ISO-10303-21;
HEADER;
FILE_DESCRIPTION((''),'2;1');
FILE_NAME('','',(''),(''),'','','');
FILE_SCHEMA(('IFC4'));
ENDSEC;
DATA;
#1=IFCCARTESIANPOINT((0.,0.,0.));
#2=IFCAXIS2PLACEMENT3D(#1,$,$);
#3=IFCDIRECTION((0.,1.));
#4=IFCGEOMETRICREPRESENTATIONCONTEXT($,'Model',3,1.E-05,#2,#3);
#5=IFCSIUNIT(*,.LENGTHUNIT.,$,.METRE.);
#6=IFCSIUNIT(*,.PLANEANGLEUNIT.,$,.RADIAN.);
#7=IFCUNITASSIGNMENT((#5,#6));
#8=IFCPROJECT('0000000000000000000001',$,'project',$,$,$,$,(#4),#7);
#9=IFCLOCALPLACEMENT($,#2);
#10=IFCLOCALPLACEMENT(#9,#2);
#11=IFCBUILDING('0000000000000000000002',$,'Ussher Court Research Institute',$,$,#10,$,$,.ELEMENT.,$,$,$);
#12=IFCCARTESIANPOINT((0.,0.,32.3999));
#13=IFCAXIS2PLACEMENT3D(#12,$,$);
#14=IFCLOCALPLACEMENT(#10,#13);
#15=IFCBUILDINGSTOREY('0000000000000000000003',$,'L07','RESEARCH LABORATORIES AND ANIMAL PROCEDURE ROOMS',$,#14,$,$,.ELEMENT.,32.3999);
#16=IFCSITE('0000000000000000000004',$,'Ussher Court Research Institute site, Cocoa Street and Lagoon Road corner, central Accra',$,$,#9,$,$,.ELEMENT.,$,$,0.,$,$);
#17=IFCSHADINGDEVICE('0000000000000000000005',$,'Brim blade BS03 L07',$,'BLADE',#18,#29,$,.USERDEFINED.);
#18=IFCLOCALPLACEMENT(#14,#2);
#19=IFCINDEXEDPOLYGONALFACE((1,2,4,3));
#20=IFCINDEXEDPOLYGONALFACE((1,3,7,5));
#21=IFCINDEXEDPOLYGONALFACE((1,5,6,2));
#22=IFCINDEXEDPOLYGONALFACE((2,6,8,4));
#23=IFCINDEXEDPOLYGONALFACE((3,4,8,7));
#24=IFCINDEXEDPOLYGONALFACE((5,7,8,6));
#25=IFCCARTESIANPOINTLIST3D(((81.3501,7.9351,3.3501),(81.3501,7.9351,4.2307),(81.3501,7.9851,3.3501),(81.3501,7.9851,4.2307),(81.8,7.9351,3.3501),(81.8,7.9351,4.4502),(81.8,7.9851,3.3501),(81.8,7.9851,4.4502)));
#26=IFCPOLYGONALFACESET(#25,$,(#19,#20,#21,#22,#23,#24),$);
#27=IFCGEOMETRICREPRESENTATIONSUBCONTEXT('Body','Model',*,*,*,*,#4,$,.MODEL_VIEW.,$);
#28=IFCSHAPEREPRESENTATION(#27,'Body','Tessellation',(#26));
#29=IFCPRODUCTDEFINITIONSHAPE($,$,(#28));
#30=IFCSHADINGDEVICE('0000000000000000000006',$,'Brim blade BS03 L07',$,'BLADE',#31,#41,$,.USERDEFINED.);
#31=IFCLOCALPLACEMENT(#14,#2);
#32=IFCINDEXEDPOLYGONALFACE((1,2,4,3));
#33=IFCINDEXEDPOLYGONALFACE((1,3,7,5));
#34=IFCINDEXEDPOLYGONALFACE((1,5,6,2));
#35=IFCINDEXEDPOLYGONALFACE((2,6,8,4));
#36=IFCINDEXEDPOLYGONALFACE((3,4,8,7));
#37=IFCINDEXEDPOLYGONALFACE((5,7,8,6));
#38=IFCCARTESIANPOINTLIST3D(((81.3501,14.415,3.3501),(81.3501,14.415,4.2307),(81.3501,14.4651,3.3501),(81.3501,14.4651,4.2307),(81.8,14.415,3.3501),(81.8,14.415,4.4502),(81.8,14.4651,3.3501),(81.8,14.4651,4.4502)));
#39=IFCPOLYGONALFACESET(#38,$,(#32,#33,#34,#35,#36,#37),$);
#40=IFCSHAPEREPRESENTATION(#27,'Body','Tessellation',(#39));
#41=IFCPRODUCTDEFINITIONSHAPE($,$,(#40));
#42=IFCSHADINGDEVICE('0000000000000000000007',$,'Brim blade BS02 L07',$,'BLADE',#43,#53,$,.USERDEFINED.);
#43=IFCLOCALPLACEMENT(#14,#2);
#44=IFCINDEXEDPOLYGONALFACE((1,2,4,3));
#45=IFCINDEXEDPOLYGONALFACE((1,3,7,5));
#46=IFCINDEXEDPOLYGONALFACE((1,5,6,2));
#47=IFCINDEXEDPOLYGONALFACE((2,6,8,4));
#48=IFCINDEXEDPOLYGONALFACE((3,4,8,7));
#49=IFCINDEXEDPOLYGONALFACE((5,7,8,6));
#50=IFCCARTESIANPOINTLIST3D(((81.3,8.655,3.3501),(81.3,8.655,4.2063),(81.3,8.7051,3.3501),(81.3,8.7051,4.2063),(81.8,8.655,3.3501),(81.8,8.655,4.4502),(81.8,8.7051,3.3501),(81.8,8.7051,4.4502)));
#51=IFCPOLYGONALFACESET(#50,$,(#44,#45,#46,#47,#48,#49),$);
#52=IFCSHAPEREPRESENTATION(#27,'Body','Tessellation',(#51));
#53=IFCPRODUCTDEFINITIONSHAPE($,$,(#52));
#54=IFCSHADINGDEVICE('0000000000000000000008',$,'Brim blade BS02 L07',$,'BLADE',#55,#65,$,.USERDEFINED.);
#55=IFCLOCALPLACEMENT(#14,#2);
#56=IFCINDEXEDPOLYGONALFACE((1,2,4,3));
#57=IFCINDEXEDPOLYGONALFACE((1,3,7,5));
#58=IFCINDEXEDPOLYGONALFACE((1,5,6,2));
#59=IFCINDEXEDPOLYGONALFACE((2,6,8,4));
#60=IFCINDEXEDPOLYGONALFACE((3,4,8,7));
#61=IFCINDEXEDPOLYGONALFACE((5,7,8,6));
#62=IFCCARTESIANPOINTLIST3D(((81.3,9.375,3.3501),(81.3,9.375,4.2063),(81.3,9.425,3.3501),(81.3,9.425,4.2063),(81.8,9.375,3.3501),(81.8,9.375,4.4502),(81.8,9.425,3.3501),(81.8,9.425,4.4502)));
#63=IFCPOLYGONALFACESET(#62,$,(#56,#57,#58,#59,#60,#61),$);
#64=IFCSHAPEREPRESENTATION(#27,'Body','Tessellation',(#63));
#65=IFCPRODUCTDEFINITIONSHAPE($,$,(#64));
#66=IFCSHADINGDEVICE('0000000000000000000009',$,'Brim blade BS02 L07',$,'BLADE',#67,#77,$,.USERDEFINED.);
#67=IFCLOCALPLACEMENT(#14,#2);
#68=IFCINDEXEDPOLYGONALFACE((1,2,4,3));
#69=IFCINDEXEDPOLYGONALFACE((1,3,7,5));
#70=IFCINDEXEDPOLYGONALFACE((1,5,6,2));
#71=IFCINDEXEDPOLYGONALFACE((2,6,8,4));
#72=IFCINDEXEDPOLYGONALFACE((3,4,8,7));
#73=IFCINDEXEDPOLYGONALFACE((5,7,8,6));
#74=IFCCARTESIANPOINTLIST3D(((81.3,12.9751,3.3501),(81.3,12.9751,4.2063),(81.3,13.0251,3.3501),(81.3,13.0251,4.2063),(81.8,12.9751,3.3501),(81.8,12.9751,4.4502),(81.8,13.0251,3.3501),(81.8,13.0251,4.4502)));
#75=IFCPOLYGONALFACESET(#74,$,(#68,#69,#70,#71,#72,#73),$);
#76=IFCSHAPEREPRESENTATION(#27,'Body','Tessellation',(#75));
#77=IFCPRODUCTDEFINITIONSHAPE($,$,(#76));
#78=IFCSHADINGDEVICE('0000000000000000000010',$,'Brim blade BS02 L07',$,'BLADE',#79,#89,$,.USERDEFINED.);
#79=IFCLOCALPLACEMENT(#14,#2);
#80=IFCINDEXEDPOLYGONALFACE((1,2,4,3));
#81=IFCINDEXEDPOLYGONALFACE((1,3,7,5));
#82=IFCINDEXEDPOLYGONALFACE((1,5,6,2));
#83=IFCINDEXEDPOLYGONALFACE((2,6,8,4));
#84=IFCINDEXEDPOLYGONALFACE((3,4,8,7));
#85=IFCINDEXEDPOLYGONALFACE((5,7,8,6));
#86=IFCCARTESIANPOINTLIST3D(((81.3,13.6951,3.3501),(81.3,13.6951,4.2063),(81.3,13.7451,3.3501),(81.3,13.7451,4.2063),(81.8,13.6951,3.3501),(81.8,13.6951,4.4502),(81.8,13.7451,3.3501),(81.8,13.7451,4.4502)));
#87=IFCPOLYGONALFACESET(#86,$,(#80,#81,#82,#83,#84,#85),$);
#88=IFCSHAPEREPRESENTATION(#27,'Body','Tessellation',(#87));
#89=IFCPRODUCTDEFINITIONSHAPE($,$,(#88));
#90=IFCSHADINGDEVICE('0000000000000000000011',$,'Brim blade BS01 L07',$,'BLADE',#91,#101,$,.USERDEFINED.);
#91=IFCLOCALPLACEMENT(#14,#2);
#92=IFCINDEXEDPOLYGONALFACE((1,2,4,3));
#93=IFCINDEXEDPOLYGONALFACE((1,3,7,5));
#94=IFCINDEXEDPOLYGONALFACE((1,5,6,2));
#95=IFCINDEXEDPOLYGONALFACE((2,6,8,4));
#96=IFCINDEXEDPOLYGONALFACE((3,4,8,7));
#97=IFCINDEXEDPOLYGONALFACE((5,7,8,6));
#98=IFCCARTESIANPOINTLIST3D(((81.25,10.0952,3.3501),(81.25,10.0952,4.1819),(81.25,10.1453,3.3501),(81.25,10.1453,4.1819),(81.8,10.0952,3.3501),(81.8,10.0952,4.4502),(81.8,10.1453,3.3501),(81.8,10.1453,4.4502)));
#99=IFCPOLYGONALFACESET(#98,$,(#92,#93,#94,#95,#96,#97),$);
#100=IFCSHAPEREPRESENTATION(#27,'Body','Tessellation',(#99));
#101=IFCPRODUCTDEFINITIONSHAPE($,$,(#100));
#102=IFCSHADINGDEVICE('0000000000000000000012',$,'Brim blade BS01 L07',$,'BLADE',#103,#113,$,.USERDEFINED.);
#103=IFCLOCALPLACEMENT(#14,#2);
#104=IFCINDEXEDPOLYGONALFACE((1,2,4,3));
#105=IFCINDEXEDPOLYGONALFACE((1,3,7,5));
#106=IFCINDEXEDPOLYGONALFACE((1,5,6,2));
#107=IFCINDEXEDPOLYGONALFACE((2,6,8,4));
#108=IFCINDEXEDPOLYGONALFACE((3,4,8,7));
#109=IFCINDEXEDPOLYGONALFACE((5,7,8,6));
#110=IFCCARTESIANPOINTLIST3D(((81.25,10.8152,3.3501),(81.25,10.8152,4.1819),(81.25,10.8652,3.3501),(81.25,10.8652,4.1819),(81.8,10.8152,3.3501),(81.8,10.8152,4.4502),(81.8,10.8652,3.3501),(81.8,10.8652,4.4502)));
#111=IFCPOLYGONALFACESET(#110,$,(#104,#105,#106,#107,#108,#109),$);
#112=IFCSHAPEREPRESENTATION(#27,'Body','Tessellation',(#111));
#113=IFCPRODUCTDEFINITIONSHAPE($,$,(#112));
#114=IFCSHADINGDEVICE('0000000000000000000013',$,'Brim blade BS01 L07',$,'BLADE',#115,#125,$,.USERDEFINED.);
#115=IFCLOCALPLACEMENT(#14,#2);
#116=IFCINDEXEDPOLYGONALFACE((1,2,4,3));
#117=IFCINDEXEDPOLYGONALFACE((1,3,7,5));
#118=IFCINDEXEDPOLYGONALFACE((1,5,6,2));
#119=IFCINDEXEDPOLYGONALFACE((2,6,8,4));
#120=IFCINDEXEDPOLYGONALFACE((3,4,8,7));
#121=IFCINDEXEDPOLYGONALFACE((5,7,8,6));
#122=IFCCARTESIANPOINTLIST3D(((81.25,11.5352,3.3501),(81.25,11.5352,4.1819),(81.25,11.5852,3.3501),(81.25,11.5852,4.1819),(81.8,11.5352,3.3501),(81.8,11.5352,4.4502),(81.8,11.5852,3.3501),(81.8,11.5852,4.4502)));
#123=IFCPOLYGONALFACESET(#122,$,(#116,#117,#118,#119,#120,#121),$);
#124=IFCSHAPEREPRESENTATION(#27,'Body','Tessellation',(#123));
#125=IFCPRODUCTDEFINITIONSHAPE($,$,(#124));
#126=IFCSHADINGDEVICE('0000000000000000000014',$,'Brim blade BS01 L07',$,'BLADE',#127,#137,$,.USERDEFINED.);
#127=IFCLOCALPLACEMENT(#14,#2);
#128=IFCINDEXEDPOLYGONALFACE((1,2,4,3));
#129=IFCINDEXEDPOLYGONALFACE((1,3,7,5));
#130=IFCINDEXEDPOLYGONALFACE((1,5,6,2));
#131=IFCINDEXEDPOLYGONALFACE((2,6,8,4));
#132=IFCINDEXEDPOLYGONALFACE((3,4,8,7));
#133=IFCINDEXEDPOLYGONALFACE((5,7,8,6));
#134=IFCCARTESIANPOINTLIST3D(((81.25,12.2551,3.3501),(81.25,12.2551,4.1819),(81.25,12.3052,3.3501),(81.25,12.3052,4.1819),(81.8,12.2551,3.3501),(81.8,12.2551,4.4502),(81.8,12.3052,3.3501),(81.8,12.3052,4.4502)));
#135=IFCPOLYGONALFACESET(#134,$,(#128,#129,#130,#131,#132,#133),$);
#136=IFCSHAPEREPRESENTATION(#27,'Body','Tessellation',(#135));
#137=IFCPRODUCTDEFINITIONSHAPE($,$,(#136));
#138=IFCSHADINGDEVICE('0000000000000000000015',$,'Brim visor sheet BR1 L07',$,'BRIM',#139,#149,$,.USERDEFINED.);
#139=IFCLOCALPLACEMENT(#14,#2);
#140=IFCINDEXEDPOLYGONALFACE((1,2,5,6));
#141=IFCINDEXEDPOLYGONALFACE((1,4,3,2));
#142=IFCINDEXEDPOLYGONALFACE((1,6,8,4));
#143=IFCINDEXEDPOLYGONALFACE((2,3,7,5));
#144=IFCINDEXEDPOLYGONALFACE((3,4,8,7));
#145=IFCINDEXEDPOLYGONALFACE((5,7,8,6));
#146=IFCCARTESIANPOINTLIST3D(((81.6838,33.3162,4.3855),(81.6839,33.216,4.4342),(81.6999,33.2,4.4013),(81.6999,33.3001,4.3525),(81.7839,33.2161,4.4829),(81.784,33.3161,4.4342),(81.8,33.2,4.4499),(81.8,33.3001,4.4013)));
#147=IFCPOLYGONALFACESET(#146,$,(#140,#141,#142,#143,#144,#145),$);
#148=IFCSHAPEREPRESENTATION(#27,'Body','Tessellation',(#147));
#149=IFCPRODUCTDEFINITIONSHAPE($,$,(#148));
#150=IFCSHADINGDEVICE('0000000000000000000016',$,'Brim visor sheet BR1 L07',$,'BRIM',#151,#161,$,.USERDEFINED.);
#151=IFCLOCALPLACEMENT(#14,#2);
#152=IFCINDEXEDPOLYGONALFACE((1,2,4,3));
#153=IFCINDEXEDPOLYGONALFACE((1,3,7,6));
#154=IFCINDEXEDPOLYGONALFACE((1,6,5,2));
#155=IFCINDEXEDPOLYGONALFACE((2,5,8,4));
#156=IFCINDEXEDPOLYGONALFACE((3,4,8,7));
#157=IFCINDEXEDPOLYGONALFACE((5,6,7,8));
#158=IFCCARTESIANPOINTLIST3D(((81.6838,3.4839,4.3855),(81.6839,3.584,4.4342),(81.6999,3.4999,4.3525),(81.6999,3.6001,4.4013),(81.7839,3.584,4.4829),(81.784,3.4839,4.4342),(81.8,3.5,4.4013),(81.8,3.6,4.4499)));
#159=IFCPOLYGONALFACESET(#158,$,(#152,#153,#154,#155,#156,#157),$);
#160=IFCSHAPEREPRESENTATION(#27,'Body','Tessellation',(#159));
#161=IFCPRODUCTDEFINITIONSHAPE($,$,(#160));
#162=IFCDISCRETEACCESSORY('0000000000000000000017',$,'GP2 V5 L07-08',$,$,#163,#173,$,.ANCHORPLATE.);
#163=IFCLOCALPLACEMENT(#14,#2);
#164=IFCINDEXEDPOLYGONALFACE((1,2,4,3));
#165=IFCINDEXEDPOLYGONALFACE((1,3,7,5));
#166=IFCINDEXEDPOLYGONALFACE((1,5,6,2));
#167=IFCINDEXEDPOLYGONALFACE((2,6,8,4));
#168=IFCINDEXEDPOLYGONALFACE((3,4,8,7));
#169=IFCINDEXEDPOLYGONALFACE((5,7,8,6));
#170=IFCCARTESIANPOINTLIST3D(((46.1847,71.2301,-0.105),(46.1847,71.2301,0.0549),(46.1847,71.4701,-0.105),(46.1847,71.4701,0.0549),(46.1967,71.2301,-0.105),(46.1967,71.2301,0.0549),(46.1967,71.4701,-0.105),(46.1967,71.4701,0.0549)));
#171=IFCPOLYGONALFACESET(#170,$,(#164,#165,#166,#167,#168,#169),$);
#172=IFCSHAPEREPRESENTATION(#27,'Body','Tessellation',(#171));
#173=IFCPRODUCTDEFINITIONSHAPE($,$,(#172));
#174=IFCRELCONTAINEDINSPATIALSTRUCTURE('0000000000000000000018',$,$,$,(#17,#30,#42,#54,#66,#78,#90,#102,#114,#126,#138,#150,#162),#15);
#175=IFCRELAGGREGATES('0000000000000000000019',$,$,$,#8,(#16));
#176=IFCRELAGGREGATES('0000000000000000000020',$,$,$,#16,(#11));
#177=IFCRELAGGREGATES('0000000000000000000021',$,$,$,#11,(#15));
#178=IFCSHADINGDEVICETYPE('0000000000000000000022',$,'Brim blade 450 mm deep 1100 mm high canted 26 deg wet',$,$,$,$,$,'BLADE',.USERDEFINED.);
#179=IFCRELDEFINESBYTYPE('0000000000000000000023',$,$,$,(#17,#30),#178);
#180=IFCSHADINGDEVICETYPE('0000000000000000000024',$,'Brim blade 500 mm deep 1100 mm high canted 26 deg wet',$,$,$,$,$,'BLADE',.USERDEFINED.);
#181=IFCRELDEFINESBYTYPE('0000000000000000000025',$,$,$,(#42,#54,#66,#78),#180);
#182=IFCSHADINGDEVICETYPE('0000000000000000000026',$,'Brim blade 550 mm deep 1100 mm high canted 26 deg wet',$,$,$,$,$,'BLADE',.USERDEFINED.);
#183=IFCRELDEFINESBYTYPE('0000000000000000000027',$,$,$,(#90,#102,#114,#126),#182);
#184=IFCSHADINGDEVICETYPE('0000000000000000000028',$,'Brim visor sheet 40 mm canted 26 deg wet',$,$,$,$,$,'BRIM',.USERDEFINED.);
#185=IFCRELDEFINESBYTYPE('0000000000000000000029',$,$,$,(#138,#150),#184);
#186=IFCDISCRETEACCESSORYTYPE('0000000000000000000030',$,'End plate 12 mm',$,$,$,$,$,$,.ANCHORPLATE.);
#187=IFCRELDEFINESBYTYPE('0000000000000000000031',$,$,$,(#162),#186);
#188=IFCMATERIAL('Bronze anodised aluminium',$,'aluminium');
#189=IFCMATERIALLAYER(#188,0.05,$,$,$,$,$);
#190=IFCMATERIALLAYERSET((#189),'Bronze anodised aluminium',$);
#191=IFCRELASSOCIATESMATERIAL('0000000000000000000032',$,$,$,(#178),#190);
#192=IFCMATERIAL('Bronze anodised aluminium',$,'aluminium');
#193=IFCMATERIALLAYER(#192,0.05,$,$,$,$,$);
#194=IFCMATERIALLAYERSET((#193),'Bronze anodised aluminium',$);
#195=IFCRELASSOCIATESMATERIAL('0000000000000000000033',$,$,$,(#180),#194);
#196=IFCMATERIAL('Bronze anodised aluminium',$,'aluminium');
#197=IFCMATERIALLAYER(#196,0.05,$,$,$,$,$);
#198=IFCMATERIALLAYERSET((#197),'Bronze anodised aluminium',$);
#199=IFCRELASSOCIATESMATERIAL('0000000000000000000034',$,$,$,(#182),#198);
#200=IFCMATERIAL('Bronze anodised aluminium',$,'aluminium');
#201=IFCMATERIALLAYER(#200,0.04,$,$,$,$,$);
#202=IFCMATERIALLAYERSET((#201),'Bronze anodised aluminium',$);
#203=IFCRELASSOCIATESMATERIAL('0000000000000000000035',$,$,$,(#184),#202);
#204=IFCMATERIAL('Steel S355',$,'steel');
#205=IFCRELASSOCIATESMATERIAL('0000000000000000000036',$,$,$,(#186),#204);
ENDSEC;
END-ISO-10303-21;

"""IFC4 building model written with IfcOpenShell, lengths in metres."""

from ifc_helpers import new_model, si_unit, direction, frame, origin, origin_2d, place, context, subcontext, project, spatial, polyline, rectangle, outline, extrude, material, layer, layer_set, material_profile, profile_set, type_object, element, save


model = new_model("IFC4")

# Units and contexts
model_context = context("Model", 3, precision=1e-05, world=origin(), true_north=direction((0.0, 1.0)))
body_context = subcontext(model_context, "Body", "Model", "MODEL_VIEW")
ifc_project = project(units=[si_unit("LENGTHUNIT", "METRE"), si_unit("PLANEANGLEUNIT", "RADIAN")], contexts=[model_context])

# Site, building, storey
site_placement = place(None, origin())
site = spatial("IfcSite", under=ifc_project, at=site_placement, Name="Ussher Court Research Institute site, Cocoa Street and Lagoon Road corner, central Accra", CompositionType="ELEMENT", RefElevation=0.0)
building_placement = place(site_placement, origin())
building = spatial("IfcBuilding", under=site, at=building_placement, Name="Ussher Court Research Institute", CompositionType="ELEMENT")
storey_placement = place(building_placement, frame((0.0, 0.0, 32.3999)))
storey = spatial("IfcBuildingStorey", under=building, at=storey_placement, Name="L07", Description="RESEARCH LABORATORIES AND ANIMAL PROCEDURE ROOMS", CompositionType="ELEMENT", Elevation=32.3999)

# Shading devices
ifc_material_1 = material(Name="Bronze anodised aluminium", Category="aluminium")
ifc_layer_1 = layer(ifc_material_1, 0.05)
ifc_layer_set_1 = layer_set([ifc_layer_1], Name="Bronze anodised aluminium")
shading_device_type_1 = type_object("IfcShadingDeviceType", Name="Brim blade 450 mm deep 1100 mm high canted 26 deg wet", ElementType="BLADE", PredefinedType="USERDEFINED", material=ifc_layer_set_1)
for number, where, z_axis, x_axis, name in (
    (1, (81.8, 7.96, 3.3501), (0.0, 0.0, 1.0), (-1.0, 0.0, 0.0), "Brim blade BS03 L07"),
    (2, (81.8, 14.4399, 3.3501), (0.0, 0.0, 1.0), (-1.0, 0.0, 0.0), "Brim blade BS03 L07"),
):
    element("IfcShadingDevice", number, at=place(storey_placement, frame(where, z_axis=z_axis, x_axis=x_axis)), inside=storey, type_object=shading_device_type_1, Name=name, ObjectType="BLADE", PredefinedType="USERDEFINED", context=body_context, shape_type="SweptSolid", body=[
        extrude(outline(polyline([(0.0, 0.0), (0.45, 0.0), (0.45, 0.8806), (0.0, 1.1001), (0.0, 0.0)])), frame((0.0, 0.0249, 0.0), z_axis=(0.0, -1.0, 0.0), x_axis=(1.0, 0.0, 0.0)), (0.0, 0.0, 1.0), 0.05),
    ])
ifc_material_2 = material(Name="Bronze anodised aluminium", Category="aluminium")
ifc_layer_2 = layer(ifc_material_2, 0.05)
ifc_layer_set_2 = layer_set([ifc_layer_2], Name="Bronze anodised aluminium")
shading_device_type_2 = type_object("IfcShadingDeviceType", Name="Brim blade 500 mm deep 1100 mm high canted 26 deg wet", ElementType="BLADE", PredefinedType="USERDEFINED", material=ifc_layer_set_2)
for number, where, z_axis, x_axis, name in (
    (3, (81.8, 8.6799, 3.3501), (0.0, 0.0, 1.0), (-1.0, 0.0, 0.0), "Brim blade BS02 L07"),
    (4, (81.8, 9.3999, 3.3501), (0.0, 0.0, 1.0), (-1.0, 0.0, 0.0), "Brim blade BS02 L07"),
    (5, (81.8, 13.0, 3.3501), (0.0, 0.0, 1.0), (-1.0, 0.0, 0.0), "Brim blade BS02 L07"),
    (6, (81.8, 13.72, 3.3501), (0.0, 0.0, 1.0), (-1.0, 0.0, 0.0), "Brim blade BS02 L07"),
):
    element("IfcShadingDevice", number, at=place(storey_placement, frame(where, z_axis=z_axis, x_axis=x_axis)), inside=storey, type_object=shading_device_type_2, Name=name, ObjectType="BLADE", PredefinedType="USERDEFINED", context=body_context, shape_type="SweptSolid", body=[
        extrude(outline(polyline([(0.0, 0.0), (0.5, 0.0), (0.5, 0.8562), (0.0, 1.1001), (0.0, 0.0)])), frame((0.0, 0.0249, 0.0), z_axis=(0.0, -1.0, 0.0), x_axis=(1.0, 0.0, 0.0)), (0.0, 0.0, 1.0), 0.05),
    ])
ifc_material_3 = material(Name="Bronze anodised aluminium", Category="aluminium")
ifc_layer_3 = layer(ifc_material_3, 0.05)
ifc_layer_set_3 = layer_set([ifc_layer_3], Name="Bronze anodised aluminium")
shading_device_type_3 = type_object("IfcShadingDeviceType", Name="Brim blade 550 mm deep 1100 mm high canted 26 deg wet", ElementType="BLADE", PredefinedType="USERDEFINED", material=ifc_layer_set_3)
for number, where, z_axis, x_axis, name in (
    (7, (81.8, 10.1201, 3.3501), (0.0, 0.0, 1.0), (-1.0, 0.0, 0.0), "Brim blade BS01 L07"),
    (8, (81.8, 10.8401, 3.3501), (0.0, 0.0, 1.0), (-1.0, 0.0, 0.0), "Brim blade BS01 L07"),
    (9, (81.8, 11.5601, 3.3501), (0.0, 0.0, 1.0), (-1.0, 0.0, 0.0), "Brim blade BS01 L07"),
    (10, (81.8, 12.28, 3.3501), (0.0, 0.0, 1.0), (-1.0, 0.0, 0.0), "Brim blade BS01 L07"),
):
    element("IfcShadingDevice", number, at=place(storey_placement, frame(where, z_axis=z_axis, x_axis=x_axis)), inside=storey, type_object=shading_device_type_3, Name=name, ObjectType="BLADE", PredefinedType="USERDEFINED", context=body_context, shape_type="SweptSolid", body=[
        extrude(outline(polyline([(0.0, 0.0), (0.55, 0.0), (0.55, 0.8318), (0.0, 1.1001), (0.0, 0.0)])), frame((0.0, 0.0249, 0.0), z_axis=(0.0, -1.0, 0.0), x_axis=(1.0, 0.0, 0.0)), (0.0, 0.0, 1.0), 0.05),
    ])
ifc_material_4 = material(Name="Bronze anodised aluminium", Category="aluminium")
ifc_layer_4 = layer(ifc_material_4, 0.04)
ifc_layer_set_4 = layer_set([ifc_layer_4], Name="Bronze anodised aluminium")
shading_device_type_4 = type_object("IfcShadingDeviceType", Name="Brim visor sheet 40 mm canted 26 deg wet", ElementType="BRIM", PredefinedType="USERDEFINED", material=ifc_layer_set_4)
for number, where, z_axis, x_axis, name in (
    (11, (81.7839, 33.2161, 4.4829), (-0.400848, 0.400848, 0.823797), (0.000362, 0.899269, -0.437395), "Brim visor sheet BR1 L07"),
    (12, (81.7839, 3.584, 4.4829), (-0.400848, -0.400848, 0.823797), (-0.899269, 0.000362, -0.437395), "Brim visor sheet BR1 L07"),
):
    element("IfcShadingDevice", number, at=place(storey_placement, frame(where, z_axis=z_axis, x_axis=x_axis)), inside=storey, type_object=shading_device_type_4, Name=name, ObjectType="BRIM", PredefinedType="USERDEFINED", context=body_context, shape_type="SweptSolid", body=[
        extrude(outline(polyline([(0.0, 0.0), (0.1113, 0.0), (0.1326, 0.1093), (0.0212, 0.1092), (0.0, 0.0)])), origin(), (0.0, 0.0, -1.0), 0.04),
    ])

# Discrete accessory
ifc_material_5 = material(Name="Steel S355", Category="steel")
ifc_material_profile_1 = material_profile(ifc_material_5, rectangle(XDim=0.012, YDim=0.24, at=origin_2d()), Name="PL 12x240")
ifc_profile_set_1 = profile_set([ifc_material_profile_1], Name="Steel S355")
discrete_accessory_type = type_object("IfcDiscreteAccessoryType", Name="End plate 12 mm", PredefinedType="ANCHORPLATE", material=ifc_profile_set_1)
discrete_accessory_placement = place(storey_placement, frame((46.1907, 71.3501, -0.105), z_axis=(0.0, 0.0, 1.0), x_axis=(1.0, 0.0, 0.0)))
element("IfcDiscreteAccessory", 13, at=discrete_accessory_placement, inside=storey, type_object=discrete_accessory_type, Name="GP2 V5 L07-08", PredefinedType="ANCHORPLATE", context=body_context, shape_type="SweptSolid", body=[
    extrude(rectangle(XDim=0.012, YDim=0.24, at=origin_2d()), origin(), (0.0, 0.0, 1.0), 0.1599),
])

save(model, "model.ifc")
